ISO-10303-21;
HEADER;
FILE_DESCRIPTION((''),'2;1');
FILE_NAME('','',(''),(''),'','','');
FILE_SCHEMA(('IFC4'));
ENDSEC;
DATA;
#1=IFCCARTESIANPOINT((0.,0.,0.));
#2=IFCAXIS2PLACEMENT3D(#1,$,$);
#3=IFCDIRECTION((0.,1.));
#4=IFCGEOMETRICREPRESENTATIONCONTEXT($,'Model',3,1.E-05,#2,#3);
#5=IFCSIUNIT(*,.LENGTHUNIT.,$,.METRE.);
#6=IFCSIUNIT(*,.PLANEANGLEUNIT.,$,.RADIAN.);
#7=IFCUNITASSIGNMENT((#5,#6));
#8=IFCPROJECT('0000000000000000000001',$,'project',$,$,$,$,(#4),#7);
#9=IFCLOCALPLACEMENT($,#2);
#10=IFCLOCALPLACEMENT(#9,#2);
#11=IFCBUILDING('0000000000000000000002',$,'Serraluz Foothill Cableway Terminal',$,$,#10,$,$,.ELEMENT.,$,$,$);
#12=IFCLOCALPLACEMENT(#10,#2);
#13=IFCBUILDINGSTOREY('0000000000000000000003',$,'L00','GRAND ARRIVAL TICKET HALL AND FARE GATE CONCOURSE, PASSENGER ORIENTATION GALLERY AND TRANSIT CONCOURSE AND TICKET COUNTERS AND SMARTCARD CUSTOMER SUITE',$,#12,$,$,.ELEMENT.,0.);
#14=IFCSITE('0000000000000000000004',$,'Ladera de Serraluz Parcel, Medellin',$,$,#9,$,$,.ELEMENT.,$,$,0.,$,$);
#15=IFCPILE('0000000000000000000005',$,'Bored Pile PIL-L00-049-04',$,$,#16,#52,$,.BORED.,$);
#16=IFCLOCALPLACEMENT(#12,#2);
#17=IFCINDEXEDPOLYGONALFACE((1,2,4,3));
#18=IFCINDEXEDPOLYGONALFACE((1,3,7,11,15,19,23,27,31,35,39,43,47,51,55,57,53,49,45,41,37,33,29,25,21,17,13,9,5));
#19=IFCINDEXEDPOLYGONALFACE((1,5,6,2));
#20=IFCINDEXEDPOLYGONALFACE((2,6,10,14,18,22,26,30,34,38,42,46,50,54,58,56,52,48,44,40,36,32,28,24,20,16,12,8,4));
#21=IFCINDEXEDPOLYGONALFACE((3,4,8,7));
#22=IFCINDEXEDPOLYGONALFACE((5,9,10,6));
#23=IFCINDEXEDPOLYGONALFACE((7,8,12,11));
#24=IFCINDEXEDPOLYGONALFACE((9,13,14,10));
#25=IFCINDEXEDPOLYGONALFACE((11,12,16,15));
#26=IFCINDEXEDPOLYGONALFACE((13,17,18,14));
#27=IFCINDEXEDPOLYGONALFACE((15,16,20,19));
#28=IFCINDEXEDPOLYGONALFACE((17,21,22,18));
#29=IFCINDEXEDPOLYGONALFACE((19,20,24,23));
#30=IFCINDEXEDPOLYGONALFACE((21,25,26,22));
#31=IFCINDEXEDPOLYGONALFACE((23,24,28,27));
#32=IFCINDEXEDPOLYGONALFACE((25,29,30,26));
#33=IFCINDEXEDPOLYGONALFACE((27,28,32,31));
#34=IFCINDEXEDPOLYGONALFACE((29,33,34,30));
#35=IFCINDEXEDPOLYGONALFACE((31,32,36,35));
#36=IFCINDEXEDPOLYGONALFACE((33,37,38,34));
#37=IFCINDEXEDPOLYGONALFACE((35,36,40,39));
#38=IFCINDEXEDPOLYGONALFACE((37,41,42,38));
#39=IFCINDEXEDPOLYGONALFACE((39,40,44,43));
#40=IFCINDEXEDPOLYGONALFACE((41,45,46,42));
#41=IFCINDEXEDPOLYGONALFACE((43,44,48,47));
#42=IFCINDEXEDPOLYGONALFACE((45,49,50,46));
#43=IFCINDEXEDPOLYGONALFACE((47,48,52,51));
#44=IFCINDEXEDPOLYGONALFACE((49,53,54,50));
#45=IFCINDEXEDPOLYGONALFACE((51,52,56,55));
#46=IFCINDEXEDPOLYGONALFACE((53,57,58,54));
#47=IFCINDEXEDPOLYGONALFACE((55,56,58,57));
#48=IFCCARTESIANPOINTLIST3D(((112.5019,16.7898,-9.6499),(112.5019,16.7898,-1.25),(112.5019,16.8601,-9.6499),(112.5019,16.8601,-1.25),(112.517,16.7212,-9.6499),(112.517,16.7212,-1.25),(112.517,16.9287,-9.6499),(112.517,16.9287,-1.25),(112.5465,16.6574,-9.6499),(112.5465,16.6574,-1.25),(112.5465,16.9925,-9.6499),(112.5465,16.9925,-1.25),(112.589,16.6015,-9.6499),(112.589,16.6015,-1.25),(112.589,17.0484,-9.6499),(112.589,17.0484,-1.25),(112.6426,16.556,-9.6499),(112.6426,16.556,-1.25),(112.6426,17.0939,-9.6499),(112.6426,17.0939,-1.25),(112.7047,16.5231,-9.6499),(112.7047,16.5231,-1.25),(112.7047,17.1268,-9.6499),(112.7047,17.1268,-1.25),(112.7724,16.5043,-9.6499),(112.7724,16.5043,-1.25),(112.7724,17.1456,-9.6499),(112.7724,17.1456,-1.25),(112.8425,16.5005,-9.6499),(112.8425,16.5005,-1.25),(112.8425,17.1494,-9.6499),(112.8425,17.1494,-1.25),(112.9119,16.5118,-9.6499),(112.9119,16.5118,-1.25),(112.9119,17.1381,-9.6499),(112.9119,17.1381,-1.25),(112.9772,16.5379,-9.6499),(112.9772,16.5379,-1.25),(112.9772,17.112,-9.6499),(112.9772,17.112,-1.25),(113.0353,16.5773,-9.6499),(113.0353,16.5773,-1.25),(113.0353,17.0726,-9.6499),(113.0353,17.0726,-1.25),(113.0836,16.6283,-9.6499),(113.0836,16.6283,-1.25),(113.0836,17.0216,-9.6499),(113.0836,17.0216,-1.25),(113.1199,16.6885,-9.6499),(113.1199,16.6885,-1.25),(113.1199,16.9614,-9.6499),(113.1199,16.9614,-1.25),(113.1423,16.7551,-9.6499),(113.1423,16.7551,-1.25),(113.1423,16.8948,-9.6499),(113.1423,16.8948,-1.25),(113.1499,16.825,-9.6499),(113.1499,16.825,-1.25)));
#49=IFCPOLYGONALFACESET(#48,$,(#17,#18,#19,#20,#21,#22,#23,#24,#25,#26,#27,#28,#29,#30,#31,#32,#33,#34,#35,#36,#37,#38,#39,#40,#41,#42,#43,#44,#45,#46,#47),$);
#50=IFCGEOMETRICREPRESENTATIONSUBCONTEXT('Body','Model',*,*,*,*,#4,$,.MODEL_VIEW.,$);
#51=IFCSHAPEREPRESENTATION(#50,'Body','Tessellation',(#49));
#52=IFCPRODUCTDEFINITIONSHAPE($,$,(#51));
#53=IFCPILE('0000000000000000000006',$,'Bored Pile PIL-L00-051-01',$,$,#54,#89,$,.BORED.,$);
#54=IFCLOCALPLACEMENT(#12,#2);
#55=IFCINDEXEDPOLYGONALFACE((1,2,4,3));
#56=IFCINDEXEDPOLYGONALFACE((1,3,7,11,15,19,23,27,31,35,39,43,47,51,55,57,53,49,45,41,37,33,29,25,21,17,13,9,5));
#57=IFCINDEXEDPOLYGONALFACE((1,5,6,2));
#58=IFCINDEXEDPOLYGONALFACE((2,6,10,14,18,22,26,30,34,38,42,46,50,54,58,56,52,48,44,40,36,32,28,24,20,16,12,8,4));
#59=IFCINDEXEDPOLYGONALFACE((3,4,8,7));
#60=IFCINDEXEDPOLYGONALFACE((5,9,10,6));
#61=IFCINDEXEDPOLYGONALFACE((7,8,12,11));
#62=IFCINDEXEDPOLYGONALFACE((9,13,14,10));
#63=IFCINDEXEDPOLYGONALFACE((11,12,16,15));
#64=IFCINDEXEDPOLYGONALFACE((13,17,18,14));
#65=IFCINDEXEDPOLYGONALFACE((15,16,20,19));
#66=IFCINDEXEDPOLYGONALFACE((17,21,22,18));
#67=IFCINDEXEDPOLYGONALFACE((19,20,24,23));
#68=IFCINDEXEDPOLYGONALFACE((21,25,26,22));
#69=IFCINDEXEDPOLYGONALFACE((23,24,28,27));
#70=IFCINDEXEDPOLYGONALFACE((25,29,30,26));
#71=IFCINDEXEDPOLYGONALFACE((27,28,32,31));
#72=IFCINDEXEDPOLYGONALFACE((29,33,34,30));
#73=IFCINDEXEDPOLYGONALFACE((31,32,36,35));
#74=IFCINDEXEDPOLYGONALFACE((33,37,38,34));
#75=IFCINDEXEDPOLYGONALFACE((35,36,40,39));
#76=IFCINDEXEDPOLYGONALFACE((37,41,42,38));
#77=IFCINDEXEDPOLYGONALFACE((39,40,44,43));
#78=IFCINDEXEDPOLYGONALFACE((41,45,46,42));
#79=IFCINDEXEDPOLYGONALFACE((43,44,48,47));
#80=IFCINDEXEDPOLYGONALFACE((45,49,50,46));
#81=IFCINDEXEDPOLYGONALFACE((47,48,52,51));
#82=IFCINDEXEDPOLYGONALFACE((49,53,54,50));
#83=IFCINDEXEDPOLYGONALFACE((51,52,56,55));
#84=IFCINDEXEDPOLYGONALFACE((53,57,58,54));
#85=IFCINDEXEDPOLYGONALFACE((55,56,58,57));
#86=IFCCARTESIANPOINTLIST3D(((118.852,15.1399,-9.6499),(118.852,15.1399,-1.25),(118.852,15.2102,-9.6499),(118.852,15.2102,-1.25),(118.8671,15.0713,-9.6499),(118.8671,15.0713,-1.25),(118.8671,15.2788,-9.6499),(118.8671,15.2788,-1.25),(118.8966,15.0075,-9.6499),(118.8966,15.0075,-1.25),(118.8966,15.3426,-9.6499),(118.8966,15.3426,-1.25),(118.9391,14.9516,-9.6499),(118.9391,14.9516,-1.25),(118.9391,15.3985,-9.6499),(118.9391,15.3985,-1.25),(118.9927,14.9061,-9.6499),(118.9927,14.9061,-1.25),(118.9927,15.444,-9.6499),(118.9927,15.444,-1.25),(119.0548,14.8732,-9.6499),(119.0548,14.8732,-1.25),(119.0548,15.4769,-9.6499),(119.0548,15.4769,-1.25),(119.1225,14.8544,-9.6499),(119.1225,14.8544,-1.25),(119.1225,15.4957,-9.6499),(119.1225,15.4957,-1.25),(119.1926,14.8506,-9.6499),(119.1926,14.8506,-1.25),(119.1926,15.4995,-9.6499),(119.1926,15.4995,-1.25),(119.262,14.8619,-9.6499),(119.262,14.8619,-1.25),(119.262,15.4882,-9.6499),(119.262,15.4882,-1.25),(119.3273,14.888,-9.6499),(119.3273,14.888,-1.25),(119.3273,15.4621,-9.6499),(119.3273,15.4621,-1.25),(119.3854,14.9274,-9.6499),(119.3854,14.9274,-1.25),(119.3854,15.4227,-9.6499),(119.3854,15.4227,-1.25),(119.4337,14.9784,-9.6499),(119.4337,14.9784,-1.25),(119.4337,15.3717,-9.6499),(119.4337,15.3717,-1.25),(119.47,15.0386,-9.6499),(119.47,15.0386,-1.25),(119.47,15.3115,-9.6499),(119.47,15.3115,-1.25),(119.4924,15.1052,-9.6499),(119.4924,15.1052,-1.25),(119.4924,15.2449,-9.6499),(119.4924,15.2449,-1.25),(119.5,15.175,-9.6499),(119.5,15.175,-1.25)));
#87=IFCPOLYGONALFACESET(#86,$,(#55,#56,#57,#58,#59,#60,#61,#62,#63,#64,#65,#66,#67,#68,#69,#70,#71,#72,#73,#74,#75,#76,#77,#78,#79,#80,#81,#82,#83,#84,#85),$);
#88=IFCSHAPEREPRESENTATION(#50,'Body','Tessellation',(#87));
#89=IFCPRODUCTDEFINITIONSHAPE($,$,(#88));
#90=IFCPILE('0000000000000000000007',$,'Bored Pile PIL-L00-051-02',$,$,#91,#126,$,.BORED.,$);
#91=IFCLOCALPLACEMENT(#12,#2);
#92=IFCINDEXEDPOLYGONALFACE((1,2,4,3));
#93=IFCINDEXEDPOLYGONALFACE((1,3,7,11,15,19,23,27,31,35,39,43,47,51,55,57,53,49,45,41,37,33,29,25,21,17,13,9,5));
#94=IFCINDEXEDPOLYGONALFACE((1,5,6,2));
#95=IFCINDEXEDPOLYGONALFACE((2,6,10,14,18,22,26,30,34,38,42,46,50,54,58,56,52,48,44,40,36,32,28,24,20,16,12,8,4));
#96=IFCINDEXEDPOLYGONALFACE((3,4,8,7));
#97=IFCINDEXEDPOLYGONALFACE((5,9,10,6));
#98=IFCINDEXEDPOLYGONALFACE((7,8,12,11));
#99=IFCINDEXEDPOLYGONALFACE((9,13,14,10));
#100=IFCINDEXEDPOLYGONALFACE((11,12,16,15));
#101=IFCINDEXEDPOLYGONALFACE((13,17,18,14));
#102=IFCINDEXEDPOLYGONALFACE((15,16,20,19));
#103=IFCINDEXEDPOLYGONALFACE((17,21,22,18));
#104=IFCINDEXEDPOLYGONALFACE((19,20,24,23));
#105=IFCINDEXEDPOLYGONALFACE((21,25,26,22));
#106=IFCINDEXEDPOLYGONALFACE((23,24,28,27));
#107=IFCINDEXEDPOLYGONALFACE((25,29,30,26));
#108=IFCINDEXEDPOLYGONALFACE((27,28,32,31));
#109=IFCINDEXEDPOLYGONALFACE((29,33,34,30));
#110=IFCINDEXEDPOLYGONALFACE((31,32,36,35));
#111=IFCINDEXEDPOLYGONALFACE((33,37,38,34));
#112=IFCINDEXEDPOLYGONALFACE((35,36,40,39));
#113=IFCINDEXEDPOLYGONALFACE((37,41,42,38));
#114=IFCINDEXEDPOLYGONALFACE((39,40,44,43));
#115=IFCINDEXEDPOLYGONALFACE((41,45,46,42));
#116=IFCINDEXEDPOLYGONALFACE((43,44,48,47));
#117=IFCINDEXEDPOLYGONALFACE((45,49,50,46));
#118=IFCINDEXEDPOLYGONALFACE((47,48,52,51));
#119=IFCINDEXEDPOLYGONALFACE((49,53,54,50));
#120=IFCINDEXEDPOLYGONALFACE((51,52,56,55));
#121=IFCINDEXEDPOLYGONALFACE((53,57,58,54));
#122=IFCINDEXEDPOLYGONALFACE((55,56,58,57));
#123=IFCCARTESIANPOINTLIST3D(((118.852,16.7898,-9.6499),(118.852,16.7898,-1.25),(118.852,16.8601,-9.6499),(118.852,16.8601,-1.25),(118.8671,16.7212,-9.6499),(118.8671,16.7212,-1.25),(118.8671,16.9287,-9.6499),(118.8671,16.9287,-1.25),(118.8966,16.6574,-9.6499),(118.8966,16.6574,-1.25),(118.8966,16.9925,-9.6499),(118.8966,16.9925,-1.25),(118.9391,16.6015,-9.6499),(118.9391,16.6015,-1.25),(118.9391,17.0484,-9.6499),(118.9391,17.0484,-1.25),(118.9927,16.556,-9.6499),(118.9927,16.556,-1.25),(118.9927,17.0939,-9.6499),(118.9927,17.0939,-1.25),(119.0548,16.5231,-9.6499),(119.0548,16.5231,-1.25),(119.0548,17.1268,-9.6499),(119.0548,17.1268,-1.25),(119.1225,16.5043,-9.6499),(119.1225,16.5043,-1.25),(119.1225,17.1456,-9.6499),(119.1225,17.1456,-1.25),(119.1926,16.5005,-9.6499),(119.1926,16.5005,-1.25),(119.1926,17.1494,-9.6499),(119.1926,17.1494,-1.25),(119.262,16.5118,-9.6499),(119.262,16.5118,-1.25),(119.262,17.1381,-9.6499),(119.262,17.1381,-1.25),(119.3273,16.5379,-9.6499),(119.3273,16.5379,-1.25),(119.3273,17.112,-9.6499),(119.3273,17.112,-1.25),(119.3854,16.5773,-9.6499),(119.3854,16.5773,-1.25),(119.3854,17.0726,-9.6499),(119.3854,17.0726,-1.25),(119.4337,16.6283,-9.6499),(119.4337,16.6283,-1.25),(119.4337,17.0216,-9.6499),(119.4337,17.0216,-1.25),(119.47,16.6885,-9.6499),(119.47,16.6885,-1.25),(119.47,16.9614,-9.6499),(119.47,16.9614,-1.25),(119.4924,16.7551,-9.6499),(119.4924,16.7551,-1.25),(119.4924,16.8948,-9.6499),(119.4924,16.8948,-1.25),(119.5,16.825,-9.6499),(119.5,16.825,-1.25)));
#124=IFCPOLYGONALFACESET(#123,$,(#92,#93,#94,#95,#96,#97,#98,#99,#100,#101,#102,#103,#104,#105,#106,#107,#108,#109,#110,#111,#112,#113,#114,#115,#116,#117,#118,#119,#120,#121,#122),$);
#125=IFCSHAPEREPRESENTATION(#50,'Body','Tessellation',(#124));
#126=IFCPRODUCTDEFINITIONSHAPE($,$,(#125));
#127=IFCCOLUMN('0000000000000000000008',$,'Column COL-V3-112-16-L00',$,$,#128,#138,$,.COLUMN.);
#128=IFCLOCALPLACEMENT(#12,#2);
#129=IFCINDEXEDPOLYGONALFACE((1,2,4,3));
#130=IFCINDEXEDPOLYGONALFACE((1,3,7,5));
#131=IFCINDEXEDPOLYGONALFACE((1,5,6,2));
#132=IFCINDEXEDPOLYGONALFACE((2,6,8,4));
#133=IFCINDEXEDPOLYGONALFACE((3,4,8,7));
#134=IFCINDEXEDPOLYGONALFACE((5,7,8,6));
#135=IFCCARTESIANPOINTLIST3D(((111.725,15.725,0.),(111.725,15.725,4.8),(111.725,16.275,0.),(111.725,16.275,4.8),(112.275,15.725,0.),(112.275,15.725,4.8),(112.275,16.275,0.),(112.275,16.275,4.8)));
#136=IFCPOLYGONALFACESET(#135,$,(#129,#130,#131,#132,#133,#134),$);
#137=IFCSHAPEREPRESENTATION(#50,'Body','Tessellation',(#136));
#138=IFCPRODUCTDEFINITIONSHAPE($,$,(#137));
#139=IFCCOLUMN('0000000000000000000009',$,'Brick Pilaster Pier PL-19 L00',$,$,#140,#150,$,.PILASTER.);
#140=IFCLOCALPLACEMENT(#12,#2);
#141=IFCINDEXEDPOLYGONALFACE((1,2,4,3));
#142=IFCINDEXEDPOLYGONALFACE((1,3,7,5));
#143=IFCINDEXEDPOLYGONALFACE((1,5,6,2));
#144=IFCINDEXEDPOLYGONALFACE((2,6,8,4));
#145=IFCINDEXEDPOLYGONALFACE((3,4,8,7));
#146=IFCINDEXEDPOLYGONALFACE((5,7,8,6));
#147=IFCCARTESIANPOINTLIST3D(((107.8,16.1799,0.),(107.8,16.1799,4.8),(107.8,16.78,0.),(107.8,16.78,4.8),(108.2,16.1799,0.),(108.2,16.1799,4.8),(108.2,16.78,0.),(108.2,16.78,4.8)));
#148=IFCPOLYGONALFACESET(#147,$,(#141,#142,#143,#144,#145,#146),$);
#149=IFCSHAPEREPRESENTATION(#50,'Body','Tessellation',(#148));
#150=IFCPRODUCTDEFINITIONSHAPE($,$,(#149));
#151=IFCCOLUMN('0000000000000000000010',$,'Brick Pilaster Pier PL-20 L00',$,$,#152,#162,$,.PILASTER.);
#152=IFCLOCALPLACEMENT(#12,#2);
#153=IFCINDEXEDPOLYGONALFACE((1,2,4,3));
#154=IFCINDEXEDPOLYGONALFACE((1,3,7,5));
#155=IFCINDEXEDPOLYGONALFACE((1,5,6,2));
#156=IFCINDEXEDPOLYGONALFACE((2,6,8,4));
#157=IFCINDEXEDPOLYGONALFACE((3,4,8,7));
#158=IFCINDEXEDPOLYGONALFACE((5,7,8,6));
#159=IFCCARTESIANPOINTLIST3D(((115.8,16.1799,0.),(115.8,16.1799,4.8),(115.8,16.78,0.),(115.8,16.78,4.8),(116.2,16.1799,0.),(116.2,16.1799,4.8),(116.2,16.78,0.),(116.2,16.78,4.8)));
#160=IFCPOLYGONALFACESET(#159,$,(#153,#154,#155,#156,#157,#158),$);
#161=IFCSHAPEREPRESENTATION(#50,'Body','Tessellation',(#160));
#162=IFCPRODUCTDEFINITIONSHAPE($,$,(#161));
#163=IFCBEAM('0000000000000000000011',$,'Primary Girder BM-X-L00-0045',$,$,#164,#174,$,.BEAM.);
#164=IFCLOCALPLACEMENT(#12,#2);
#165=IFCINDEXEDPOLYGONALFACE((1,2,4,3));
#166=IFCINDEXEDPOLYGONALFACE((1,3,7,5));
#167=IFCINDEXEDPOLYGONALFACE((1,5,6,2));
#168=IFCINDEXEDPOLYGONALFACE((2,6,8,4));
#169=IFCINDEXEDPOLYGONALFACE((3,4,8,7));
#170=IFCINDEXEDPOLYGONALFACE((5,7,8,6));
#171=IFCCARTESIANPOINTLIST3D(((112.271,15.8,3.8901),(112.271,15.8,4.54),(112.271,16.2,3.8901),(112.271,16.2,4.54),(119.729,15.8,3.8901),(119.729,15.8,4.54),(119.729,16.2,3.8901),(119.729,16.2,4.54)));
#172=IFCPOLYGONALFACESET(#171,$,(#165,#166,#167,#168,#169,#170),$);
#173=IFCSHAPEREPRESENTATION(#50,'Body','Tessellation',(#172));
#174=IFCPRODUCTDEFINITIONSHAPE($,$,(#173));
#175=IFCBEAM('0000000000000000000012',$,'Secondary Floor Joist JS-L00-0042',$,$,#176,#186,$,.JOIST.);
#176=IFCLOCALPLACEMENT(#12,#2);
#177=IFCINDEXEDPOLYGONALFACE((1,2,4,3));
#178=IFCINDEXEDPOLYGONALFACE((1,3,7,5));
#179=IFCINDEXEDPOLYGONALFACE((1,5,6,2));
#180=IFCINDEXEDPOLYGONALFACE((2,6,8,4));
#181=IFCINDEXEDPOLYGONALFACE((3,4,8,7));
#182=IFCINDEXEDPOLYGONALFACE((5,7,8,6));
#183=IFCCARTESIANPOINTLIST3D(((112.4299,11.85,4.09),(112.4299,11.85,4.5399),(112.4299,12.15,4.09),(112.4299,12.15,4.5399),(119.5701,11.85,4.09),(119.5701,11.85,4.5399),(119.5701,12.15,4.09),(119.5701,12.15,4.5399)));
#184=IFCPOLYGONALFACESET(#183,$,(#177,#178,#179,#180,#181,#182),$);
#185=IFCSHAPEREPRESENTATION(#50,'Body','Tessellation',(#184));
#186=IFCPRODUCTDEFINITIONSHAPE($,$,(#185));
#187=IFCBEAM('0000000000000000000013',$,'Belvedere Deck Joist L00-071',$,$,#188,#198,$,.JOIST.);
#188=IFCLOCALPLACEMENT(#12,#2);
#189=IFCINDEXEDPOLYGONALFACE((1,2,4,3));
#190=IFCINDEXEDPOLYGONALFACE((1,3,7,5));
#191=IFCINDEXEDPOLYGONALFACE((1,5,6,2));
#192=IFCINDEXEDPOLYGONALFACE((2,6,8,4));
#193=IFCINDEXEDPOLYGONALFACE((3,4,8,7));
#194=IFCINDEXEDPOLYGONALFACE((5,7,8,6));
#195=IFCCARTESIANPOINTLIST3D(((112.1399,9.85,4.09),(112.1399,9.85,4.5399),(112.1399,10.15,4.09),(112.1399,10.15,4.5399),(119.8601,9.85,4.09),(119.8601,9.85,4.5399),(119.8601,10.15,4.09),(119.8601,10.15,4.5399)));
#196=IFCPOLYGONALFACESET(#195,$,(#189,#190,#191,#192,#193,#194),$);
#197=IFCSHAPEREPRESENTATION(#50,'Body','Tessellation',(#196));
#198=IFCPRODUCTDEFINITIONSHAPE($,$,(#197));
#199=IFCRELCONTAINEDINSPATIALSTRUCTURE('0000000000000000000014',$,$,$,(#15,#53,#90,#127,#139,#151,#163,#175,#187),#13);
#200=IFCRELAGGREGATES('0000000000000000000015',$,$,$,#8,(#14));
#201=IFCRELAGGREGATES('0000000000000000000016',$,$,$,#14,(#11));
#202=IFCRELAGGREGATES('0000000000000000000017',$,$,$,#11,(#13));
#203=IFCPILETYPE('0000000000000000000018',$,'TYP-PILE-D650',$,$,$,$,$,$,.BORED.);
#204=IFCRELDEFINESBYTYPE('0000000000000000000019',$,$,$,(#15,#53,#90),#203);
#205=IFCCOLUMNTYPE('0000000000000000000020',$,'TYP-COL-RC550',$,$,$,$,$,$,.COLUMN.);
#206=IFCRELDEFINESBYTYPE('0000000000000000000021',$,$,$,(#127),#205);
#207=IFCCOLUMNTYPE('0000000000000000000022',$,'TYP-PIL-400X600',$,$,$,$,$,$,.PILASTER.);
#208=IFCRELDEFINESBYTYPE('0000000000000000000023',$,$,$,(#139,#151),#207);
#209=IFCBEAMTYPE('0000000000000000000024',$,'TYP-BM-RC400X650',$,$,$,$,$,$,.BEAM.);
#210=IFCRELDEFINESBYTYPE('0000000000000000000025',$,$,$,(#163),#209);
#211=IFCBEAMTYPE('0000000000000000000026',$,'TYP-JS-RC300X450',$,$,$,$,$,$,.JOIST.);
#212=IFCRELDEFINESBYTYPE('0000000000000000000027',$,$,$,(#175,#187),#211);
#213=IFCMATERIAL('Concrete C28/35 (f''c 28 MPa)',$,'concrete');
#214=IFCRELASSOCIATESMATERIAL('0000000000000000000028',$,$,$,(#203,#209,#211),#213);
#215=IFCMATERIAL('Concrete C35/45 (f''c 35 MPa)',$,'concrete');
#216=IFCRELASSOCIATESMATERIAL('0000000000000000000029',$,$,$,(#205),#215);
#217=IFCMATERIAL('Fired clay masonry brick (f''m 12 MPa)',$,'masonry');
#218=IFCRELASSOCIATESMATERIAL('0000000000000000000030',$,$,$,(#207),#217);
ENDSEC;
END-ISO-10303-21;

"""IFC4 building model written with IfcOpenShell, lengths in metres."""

from ifc_helpers import new_model, si_unit, direction, frame, origin, origin_2d, place, context, subcontext, project, spatial, rectangle, circle, extrude, material, material_profile, profile_set, type_object, element, save


model = new_model("IFC4")

# Units and contexts
model_context = context("Model", 3, precision=1e-05, world=origin(), true_north=direction((0.0, 1.0)))
body_context = subcontext(model_context, "Body", "Model", "MODEL_VIEW")
ifc_project = project(units=[si_unit("LENGTHUNIT", "METRE"), si_unit("PLANEANGLEUNIT", "RADIAN")], contexts=[model_context])

# Site, building, storey
site_placement = place(None, origin())
site = spatial("IfcSite", under=ifc_project, at=site_placement, Name="Ladera de Serraluz Parcel, Medellin", CompositionType="ELEMENT", RefElevation=0.0)
building_placement = place(site_placement, origin())
building = spatial("IfcBuilding", under=site, at=building_placement, Name="Serraluz Foothill Cableway Terminal", CompositionType="ELEMENT")
storey_placement = place(building_placement, origin())
storey = spatial("IfcBuildingStorey", under=building, at=storey_placement, Name="L00", Description="GRAND ARRIVAL TICKET HALL AND FARE GATE CONCOURSE, PASSENGER ORIENTATION GALLERY AND TRANSIT CONCOURSE AND TICKET COUNTERS AND SMARTCARD CUSTOMER SUITE", CompositionType="ELEMENT", Elevation=0.0)

# Shared definitions
ifc_material_1 = material(Name="Concrete C35/45 (f'c 35 MPa)", Category="concrete")

# Piles
ifc_material_2 = material(Name="Concrete C28/35 (f'c 28 MPa)", Category="concrete")
ifc_material_profile_1 = material_profile(ifc_material_2, circle(Radius=0.325, at=origin_2d()), Name="BORED PILE D650")
ifc_profile_set_1 = profile_set([ifc_material_profile_1], Name="Concrete C28/35 (f'c 28 MPa)")
pile_type = type_object("IfcPileType", Name="TYP-PILE-D650", PredefinedType="BORED", material=ifc_profile_set_1)
for number, where, z_axis, x_axis, name in (
    (1, (112.825, 16.825, -1.25), (0.0, 0.0, -1.0), (1.0, 0.0, 0.0), "Bored Pile PIL-L00-049-04"),
    (2, (119.175, 15.175, -1.25), (0.0, 0.0, -1.0), (1.0, 0.0, 0.0), "Bored Pile PIL-L00-051-01"),
    (3, (119.175, 16.825, -1.25), (0.0, 0.0, -1.0), (1.0, 0.0, 0.0), "Bored Pile PIL-L00-051-02"),
):
    element("IfcPile", number, at=place(storey_placement, frame(where, z_axis=z_axis, x_axis=x_axis)), inside=storey, type_object=pile_type, Name=name, PredefinedType="BORED", context=body_context, shape_type="SweptSolid", body=[
        extrude(circle(Radius=0.325, at=origin_2d()), origin(), (0.0, 0.0, 1.0), 8.3999),
    ])

# Columns
ifc_material_profile_2 = material_profile(ifc_material_1, rectangle(XDim=0.55, YDim=0.55, at=origin_2d()), Name="RC 550x550")
ifc_profile_set_2 = profile_set([ifc_material_profile_2], Name="Concrete C35/45 (f'c 35 MPa)")
column_type_1 = type_object("IfcColumnType", Name="TYP-COL-RC550", PredefinedType="COLUMN", material=ifc_profile_set_2)
column_placement = place(storey_placement, frame((112.0, 16.0, 0.0), z_axis=(0.0, 0.0, 1.0), x_axis=(1.0, 0.0, 0.0)))
element("IfcColumn", 4, at=column_placement, inside=storey, type_object=column_type_1, Name="Column COL-V3-112-16-L00", PredefinedType="COLUMN", context=body_context, shape_type="SweptSolid", body=[
    extrude(rectangle(XDim=0.55, YDim=0.55, at=origin_2d()), origin(), (0.0, 0.0, 1.0), 4.8),
])
ifc_material_3 = material(Name="Fired clay masonry brick (f'm 12 MPa)", Category="masonry")
ifc_material_profile_3 = material_profile(ifc_material_3, rectangle(XDim=0.3999, YDim=0.6001, at=origin_2d()), Name="PIL 400x600")
ifc_profile_set_3 = profile_set([ifc_material_profile_3], Name="Fired clay masonry brick (f'm 12 MPa)")
column_type_2 = type_object("IfcColumnType", Name="TYP-PIL-400X600", PredefinedType="PILASTER", material=ifc_profile_set_3)
for number, where, z_axis, x_axis, name in (
    (5, (108.0, 16.48, 0.0), (0.0, 0.0, 1.0), (1.0, 0.0, 0.0), "Brick Pilaster Pier PL-19 L00"),
    (6, (116.0, 16.48, 0.0), (0.0, 0.0, 1.0), (1.0, 0.0, 0.0), "Brick Pilaster Pier PL-20 L00"),
):
    element("IfcColumn", number, at=place(storey_placement, frame(where, z_axis=z_axis, x_axis=x_axis)), inside=storey, type_object=column_type_2, Name=name, PredefinedType="PILASTER", context=body_context, shape_type="SweptSolid", body=[
        extrude(rectangle(XDim=0.3999, YDim=0.6001, at=origin_2d()), origin(), (0.0, 0.0, 1.0), 4.8),
    ])

# Beams
ifc_material_profile_4 = material_profile(ifc_material_2, rectangle(XDim=0.3999, YDim=0.6499, at=origin_2d()), Name="RC 400x650")
ifc_profile_set_4 = profile_set([ifc_material_profile_4], Name="Concrete C28/35 (f'c 28 MPa)")
beam_type_1 = type_object("IfcBeamType", Name="TYP-BM-RC400X650", PredefinedType="BEAM", material=ifc_profile_set_4)
beam_1_placement = place(storey_placement, frame((112.271, 16.0, 4.2151), z_axis=(1.0, 0.0, 0.0), x_axis=(0.0, 1.0, 0.0)))
element("IfcBeam", 7, at=beam_1_placement, inside=storey, type_object=beam_type_1, Name="Primary Girder BM-X-L00-0045", PredefinedType="BEAM", context=body_context, shape_type="SweptSolid", body=[
    extrude(rectangle(XDim=0.3999, YDim=0.6499, at=origin_2d()), origin(), (0.0, 0.0, 1.0), 7.458),
])
ifc_material_profile_5 = material_profile(ifc_material_2, rectangle(XDim=0.3, YDim=0.45, at=origin_2d()), Name="RC 300x450")
ifc_profile_set_5 = profile_set([ifc_material_profile_5], Name="Concrete C28/35 (f'c 28 MPa)")
beam_type_2 = type_object("IfcBeamType", Name="TYP-JS-RC300X450", PredefinedType="JOIST", material=ifc_profile_set_5)
beam_2_placement = place(storey_placement, frame((112.4299, 12.0, 4.3149), z_axis=(1.0, 0.0, 0.0), x_axis=(0.0, 1.0, 0.0)))
element("IfcBeam", 8, at=beam_2_placement, inside=storey, type_object=beam_type_2, Name="Secondary Floor Joist JS-L00-0042", PredefinedType="JOIST", context=body_context, shape_type="SweptSolid", body=[
    extrude(rectangle(XDim=0.3, YDim=0.45, at=origin_2d()), origin(), (0.0, 0.0, 1.0), 7.1401),
])
for number, where, z_axis, x_axis, name in (
    (9, (112.1399, 10.0, 4.3149), (1.0, 0.0, 0.0), (0.0, 1.0, 0.0), "Belvedere Deck Joist L00-071"),
):
    element("IfcBeam", number, at=place(storey_placement, frame(where, z_axis=z_axis, x_axis=x_axis)), inside=storey, type_object=beam_type_2, Name=name, PredefinedType="JOIST", context=body_context, shape_type="SweptSolid", body=[
        extrude(rectangle(XDim=0.3, YDim=0.45, at=origin_2d()), origin(), (0.0, 0.0, 1.0), 7.7202),
    ])

save(model, "model.ifc")
